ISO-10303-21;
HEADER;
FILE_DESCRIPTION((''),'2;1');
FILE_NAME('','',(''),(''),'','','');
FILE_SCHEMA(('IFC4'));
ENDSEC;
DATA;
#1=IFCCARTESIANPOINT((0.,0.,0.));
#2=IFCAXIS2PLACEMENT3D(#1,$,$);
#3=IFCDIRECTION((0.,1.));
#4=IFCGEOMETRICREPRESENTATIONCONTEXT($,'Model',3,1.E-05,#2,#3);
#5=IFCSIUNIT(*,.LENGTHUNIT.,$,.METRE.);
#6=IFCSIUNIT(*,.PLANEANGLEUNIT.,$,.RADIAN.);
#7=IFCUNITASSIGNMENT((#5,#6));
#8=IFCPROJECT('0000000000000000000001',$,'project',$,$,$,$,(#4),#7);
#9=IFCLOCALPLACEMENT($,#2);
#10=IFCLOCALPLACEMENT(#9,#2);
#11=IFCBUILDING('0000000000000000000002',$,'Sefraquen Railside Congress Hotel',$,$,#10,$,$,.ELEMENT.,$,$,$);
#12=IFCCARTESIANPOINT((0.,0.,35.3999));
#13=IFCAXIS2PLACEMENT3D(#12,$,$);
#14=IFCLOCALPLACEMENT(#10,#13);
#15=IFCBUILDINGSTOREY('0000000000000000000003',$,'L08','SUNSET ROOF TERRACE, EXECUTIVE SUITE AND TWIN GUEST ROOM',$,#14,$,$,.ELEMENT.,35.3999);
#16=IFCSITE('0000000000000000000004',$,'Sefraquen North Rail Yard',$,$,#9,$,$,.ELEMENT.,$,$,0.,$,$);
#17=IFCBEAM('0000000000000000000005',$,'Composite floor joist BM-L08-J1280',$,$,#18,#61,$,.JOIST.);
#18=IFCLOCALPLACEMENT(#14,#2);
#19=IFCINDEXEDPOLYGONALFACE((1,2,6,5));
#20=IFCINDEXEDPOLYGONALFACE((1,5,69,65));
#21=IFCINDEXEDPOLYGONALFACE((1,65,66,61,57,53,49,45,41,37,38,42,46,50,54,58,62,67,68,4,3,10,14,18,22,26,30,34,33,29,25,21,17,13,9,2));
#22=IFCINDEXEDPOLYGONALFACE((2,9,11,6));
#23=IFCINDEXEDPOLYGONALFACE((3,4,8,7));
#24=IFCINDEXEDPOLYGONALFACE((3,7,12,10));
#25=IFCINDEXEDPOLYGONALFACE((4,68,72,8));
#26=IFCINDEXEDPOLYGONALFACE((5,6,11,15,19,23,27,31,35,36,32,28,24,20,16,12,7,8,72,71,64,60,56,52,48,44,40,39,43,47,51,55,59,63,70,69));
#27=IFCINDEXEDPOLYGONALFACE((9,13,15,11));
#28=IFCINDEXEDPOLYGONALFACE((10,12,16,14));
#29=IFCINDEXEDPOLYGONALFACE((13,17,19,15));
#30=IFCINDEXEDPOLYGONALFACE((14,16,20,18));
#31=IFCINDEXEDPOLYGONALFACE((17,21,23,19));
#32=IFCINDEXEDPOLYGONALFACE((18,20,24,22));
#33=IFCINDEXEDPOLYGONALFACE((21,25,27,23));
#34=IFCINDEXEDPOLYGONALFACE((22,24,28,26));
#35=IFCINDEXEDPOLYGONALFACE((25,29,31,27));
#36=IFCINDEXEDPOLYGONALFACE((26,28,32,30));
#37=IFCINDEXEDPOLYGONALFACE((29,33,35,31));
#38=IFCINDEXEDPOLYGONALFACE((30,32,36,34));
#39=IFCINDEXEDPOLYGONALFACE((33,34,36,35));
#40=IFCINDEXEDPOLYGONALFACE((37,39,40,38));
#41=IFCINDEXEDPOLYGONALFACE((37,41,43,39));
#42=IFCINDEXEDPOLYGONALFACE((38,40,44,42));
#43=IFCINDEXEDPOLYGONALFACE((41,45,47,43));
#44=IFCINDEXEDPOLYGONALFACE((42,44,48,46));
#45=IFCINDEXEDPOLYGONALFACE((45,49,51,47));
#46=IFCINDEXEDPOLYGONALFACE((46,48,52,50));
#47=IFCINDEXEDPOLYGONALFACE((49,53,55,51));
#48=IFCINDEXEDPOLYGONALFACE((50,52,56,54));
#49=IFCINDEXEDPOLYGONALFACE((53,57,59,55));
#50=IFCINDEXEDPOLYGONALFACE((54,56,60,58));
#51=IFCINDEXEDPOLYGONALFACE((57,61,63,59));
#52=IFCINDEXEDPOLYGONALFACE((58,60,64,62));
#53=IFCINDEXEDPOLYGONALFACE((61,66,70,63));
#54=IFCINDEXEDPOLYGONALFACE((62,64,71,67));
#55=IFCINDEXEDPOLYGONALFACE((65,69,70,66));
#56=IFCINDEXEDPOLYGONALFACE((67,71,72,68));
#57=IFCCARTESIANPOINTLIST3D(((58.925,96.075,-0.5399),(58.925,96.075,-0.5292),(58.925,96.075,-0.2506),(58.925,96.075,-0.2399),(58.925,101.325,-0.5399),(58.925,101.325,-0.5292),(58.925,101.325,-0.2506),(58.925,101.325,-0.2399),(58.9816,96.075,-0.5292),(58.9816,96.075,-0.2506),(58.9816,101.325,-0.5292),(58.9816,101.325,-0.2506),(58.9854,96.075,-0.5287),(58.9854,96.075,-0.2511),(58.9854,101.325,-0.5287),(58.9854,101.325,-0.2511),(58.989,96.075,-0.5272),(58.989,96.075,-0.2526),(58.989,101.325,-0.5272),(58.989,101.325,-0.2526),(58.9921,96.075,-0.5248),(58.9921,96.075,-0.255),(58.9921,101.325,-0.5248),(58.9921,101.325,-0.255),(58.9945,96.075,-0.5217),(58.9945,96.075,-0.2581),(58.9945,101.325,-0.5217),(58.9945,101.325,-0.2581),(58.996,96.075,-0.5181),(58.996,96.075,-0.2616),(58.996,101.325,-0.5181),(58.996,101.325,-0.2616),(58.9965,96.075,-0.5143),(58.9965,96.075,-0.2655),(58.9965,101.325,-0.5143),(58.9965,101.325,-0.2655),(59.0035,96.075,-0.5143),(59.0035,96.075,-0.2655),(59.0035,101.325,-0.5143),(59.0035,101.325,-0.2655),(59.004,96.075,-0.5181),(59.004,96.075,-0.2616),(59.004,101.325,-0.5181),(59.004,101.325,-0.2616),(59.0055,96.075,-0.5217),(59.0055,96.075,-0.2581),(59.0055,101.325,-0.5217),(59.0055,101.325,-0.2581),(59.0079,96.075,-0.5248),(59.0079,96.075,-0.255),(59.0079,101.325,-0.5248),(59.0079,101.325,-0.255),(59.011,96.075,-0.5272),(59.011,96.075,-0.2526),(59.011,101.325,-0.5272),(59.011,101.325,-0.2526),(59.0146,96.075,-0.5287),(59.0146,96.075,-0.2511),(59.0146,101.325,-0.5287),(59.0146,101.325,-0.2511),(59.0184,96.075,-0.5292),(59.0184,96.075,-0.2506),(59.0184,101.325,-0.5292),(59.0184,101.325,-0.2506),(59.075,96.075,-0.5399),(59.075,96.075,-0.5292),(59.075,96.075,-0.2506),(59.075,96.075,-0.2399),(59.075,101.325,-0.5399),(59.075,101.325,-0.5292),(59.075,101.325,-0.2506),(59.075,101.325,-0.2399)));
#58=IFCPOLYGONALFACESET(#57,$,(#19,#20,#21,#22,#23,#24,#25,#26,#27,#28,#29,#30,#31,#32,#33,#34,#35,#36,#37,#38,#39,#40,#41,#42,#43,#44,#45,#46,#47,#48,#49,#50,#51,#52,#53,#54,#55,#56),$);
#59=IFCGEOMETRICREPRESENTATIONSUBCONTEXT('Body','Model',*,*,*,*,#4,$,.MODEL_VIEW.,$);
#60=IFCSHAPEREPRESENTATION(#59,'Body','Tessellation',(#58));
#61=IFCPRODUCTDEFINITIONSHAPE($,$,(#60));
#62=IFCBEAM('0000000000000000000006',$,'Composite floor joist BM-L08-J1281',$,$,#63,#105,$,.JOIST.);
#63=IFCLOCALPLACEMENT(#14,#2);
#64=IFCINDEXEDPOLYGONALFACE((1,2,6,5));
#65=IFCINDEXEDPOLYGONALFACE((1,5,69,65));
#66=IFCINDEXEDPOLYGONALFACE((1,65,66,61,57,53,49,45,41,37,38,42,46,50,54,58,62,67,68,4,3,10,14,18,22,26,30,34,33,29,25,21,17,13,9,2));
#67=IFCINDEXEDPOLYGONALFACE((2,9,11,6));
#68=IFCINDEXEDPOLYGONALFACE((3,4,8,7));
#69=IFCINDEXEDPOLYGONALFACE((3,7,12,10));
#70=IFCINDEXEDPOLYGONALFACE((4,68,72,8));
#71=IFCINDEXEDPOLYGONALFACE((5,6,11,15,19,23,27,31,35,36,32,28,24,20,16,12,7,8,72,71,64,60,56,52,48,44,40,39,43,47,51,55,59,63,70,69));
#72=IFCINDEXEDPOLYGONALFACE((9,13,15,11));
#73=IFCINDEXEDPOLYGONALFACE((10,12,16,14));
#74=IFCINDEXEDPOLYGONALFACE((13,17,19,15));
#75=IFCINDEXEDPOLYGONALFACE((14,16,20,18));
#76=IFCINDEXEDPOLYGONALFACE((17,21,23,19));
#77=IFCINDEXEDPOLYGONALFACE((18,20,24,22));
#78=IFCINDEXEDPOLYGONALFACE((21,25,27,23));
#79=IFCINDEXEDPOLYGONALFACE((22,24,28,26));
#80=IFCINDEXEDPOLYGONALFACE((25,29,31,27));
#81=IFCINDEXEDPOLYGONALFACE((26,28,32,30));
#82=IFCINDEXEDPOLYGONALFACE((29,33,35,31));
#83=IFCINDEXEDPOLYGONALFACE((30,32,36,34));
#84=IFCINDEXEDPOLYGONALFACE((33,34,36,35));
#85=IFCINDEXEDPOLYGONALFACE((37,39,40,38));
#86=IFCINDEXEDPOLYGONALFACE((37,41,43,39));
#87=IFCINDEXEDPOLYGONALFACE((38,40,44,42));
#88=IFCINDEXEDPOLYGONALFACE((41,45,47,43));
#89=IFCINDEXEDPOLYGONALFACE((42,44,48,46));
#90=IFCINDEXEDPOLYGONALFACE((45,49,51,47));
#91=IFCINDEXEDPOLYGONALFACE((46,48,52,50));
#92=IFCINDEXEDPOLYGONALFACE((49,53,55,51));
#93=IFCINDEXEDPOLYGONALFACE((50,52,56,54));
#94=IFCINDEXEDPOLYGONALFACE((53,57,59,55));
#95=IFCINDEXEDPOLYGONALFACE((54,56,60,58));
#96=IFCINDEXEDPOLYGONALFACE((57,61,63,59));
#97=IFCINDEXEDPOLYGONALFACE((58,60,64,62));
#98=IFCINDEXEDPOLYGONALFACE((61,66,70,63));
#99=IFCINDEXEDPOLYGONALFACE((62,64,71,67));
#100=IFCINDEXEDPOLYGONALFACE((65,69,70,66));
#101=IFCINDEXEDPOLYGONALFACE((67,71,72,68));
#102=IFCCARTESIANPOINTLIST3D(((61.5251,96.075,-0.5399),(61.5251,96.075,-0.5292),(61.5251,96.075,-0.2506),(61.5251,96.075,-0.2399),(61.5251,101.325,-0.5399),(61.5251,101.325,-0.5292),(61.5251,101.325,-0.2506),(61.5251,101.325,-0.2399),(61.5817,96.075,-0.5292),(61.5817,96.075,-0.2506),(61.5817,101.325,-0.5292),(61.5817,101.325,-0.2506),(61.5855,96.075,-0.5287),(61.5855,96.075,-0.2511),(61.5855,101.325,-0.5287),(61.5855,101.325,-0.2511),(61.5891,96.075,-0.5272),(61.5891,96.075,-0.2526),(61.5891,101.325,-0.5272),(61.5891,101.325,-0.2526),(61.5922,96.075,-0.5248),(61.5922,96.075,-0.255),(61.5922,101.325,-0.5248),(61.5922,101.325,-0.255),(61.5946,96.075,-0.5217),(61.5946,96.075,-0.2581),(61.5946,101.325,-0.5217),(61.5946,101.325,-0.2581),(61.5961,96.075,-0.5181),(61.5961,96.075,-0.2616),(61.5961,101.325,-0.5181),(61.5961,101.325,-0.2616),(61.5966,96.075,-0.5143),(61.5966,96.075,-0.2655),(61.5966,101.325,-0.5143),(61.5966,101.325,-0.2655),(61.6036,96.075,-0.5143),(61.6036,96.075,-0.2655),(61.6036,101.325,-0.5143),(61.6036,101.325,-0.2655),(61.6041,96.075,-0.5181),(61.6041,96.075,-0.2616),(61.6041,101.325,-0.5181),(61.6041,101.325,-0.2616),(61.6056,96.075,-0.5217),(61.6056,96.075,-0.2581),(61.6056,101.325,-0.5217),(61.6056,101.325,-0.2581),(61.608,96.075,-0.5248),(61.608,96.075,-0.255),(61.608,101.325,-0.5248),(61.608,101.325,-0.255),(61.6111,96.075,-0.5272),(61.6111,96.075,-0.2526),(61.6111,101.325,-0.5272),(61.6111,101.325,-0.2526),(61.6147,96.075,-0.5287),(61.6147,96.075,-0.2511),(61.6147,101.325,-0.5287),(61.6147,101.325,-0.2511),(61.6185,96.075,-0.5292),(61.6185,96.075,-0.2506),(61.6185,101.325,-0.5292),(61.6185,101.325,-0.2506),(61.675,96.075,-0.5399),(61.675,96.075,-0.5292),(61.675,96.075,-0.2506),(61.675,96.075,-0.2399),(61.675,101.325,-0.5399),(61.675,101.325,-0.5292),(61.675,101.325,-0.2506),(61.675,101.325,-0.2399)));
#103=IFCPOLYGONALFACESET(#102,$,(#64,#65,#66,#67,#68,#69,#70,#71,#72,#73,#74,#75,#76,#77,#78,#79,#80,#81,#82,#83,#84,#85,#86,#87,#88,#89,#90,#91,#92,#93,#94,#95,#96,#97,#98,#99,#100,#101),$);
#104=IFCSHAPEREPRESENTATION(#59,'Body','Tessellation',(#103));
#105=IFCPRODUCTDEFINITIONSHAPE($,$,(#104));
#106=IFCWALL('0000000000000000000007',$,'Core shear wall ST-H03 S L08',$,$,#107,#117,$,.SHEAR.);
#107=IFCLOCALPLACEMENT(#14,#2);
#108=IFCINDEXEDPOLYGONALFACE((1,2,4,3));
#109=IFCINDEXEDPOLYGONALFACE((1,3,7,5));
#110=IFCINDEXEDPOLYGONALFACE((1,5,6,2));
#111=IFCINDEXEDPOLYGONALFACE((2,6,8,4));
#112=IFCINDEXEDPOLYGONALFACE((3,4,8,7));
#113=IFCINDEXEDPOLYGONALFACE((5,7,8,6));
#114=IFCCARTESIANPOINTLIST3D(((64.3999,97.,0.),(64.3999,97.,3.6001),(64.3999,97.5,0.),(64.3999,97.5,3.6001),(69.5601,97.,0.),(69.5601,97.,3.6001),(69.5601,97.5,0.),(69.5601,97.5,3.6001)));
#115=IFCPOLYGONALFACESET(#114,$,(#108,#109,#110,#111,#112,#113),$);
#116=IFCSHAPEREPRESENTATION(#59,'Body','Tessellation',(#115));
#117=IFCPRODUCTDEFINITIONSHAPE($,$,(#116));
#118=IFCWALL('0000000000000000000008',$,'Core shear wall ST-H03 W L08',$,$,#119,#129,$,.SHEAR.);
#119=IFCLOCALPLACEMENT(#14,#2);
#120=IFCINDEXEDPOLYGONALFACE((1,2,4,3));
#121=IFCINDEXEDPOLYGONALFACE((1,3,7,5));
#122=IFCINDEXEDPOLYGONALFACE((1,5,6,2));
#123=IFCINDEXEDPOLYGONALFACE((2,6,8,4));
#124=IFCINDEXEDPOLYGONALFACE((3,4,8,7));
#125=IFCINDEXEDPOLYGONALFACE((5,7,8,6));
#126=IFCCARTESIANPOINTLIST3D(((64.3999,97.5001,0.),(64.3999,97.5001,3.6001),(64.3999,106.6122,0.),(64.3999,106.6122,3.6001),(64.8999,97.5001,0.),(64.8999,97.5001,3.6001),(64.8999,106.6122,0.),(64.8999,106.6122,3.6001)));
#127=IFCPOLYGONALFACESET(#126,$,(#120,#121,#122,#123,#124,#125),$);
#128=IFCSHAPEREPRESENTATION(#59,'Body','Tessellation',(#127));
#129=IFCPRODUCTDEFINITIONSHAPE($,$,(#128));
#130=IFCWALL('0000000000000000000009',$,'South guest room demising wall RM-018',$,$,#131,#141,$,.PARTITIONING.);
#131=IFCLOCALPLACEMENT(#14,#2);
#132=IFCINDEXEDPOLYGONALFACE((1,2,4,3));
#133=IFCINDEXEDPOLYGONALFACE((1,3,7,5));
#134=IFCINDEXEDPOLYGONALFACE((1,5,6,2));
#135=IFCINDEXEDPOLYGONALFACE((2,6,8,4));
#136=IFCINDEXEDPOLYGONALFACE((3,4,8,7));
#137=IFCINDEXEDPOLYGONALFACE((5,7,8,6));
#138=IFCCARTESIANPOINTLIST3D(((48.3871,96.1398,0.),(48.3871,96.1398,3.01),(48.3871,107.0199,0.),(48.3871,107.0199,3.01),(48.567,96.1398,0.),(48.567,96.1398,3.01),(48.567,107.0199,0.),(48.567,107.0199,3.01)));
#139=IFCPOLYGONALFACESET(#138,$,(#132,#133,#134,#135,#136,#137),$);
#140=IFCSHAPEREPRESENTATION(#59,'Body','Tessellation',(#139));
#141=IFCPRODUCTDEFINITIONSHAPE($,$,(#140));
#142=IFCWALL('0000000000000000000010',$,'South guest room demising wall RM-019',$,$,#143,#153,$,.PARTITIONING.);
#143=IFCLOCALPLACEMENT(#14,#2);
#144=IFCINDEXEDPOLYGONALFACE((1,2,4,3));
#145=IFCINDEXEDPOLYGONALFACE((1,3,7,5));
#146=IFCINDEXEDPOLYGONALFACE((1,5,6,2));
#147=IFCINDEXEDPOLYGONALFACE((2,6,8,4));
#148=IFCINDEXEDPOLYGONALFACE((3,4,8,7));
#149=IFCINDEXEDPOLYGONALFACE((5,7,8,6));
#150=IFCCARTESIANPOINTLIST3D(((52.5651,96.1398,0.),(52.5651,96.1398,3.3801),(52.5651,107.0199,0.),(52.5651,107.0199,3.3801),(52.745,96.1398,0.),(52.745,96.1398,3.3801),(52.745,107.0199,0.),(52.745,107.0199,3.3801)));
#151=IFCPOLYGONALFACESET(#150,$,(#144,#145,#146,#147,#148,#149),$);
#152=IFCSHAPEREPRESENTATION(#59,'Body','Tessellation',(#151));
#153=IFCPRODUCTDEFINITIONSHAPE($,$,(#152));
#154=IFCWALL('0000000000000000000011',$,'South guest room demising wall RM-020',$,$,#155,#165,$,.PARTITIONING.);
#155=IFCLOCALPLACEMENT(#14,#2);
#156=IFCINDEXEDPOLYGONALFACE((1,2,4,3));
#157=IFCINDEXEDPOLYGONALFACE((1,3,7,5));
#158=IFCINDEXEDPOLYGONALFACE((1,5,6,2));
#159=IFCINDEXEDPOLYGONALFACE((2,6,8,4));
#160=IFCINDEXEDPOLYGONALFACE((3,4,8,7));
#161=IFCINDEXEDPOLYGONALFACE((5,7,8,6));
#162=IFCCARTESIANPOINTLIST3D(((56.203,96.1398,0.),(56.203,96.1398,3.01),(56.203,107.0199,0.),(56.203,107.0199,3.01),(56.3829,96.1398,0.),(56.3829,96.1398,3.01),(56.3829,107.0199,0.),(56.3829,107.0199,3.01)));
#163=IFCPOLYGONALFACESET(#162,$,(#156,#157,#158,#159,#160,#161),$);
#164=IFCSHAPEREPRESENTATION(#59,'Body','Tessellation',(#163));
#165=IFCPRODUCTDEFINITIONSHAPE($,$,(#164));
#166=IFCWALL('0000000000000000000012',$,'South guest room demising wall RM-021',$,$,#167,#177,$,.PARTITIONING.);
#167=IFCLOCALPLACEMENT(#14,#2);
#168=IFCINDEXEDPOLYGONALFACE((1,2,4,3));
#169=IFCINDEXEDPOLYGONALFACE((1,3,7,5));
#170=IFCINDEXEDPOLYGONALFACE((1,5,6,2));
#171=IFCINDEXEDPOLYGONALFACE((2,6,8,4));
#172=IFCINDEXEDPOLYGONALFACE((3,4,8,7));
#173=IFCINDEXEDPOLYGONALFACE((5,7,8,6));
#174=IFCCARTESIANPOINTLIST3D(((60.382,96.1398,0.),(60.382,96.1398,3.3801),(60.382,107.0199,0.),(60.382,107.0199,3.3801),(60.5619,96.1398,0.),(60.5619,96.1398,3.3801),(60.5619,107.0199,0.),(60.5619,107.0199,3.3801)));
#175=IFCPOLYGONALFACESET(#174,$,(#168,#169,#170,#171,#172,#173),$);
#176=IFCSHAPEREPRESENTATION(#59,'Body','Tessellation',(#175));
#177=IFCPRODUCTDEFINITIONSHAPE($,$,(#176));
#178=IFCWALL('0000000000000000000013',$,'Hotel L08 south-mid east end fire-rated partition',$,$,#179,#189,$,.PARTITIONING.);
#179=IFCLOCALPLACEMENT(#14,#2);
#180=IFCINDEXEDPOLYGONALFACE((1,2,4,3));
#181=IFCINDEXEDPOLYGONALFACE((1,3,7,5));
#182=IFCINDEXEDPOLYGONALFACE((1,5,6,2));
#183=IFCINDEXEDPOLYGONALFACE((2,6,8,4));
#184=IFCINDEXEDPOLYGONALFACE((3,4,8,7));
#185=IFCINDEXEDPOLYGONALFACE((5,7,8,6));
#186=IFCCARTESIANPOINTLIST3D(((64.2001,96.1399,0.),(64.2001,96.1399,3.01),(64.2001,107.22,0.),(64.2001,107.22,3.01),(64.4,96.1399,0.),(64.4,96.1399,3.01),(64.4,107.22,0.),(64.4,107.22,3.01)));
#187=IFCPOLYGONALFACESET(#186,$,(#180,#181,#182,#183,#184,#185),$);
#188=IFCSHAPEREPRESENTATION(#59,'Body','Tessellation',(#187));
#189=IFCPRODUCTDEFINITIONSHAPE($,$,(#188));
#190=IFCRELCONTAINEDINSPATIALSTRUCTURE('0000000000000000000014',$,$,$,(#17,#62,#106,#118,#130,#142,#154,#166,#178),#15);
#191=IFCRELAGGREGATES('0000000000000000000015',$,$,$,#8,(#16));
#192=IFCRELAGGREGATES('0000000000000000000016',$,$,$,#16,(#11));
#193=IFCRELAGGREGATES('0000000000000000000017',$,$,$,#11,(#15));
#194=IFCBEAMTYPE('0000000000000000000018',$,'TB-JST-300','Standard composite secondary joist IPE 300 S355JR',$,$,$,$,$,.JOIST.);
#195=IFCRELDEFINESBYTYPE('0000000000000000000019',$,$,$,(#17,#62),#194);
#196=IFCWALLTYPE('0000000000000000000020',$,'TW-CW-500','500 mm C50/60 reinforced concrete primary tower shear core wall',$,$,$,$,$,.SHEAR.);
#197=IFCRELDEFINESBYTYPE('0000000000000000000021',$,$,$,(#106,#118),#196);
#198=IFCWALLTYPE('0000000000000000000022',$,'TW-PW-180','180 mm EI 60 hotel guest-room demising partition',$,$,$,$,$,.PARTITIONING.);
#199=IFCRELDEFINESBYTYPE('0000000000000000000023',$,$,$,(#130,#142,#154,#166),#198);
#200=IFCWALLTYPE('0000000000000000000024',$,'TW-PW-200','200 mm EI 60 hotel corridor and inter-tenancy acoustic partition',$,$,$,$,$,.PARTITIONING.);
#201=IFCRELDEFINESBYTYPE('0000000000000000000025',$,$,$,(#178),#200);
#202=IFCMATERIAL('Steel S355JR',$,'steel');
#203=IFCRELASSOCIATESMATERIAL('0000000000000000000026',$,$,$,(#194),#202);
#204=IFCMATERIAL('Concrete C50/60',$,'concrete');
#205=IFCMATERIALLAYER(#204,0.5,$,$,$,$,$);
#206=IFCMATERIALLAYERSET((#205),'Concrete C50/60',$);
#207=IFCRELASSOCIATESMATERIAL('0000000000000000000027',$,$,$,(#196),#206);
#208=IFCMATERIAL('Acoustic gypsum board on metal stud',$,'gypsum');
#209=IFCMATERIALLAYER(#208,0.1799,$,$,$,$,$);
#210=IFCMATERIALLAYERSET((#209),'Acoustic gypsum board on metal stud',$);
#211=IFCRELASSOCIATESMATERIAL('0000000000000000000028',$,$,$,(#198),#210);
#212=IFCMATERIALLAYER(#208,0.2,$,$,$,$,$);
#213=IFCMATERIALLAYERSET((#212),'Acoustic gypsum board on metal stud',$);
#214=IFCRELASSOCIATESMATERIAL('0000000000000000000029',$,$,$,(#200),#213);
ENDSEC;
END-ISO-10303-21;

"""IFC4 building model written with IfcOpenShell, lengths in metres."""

from ifc_helpers import new_model, si_unit, direction, frame, frame_2d, origin, origin_2d, place, context, subcontext, project, spatial, rectangle, i_section, extrude, material, layer, layer_set, material_profile, profile_set, type_object, element, save


model = new_model("IFC4")

# Units and contexts
model_context = context("Model", 3, precision=1e-05, world=origin(), true_north=direction((0.0, 1.0)))
body_context = subcontext(model_context, "Body", "Model", "MODEL_VIEW")
ifc_project = project(units=[si_unit("LENGTHUNIT", "METRE"), si_unit("PLANEANGLEUNIT", "RADIAN")], contexts=[model_context])

# Site, building, storey
site_placement = place(None, origin())
site = spatial("IfcSite", under=ifc_project, at=site_placement, Name="Sefraquen North Rail Yard", CompositionType="ELEMENT", RefElevation=0.0)
building_placement = place(site_placement, origin())
building = spatial("IfcBuilding", under=site, at=building_placement, Name="Sefraquen Railside Congress Hotel", CompositionType="ELEMENT")
storey_placement = place(building_placement, frame((0.0, 0.0, 35.3999)))
storey = spatial("IfcBuildingStorey", under=building, at=storey_placement, Name="L08", Description="SUNSET ROOF TERRACE, EXECUTIVE SUITE AND TWIN GUEST ROOM", CompositionType="ELEMENT", Elevation=35.3999)

# Shared definitions
ifc_material_1 = material(Name="Steel S355JR", Category="steel")

# Beams
ifc_material_profile_1 = material_profile(ifc_material_1, i_section(OverallWidth=0.1499, OverallDepth=0.3, WebThickness=0.0071, FlangeThickness=0.0107, FilletRadius=0.0149, at=origin_2d()), Name="IPE 300")
ifc_profile_set_1 = profile_set([ifc_material_profile_1], Name="Steel S355JR")
beam_type_1 = type_object("IfcBeamType", Name="TB-JST-300", Description="Standard composite secondary joist IPE 300 S355JR", PredefinedType="JOIST", material=ifc_profile_set_1)
for number, where, z_axis, x_axis, name in (
    (1, (59.0, 96.075, -0.3899), (0.0, 1.0, 0.0), (-1.0, 0.0, 0.0), "Composite floor joist BM-L08-J1280"),
    (2, (61.6001, 96.075, -0.3899), (0.0, 1.0, 0.0), (-1.0, 0.0, 0.0), "Composite floor joist BM-L08-J1281"),
):
    element("IfcBeam", number, at=place(storey_placement, frame(where, z_axis=z_axis, x_axis=x_axis)), inside=storey, type_object=beam_type_1, Name=name, PredefinedType="JOIST", context=body_context, shape_type="SweptSolid", body=[
        extrude(i_section(OverallWidth=0.1499, OverallDepth=0.3, WebThickness=0.0071, FlangeThickness=0.0107, FilletRadius=0.0149, at=origin_2d()), origin(), (0.0, 0.0, 1.0), 5.25),
    ])

# Walls
ifc_material_2 = material(Name="Concrete C50/60", Category="concrete")
ifc_layer_1 = layer(ifc_material_2, 0.5)
ifc_layer_set_1 = layer_set([ifc_layer_1], Name="Concrete C50/60")
wall_type_1 = type_object("IfcWallType", Name="TW-CW-500", Description="500 mm C50/60 reinforced concrete primary tower shear core wall", PredefinedType="SHEAR", material=ifc_layer_set_1)
wall_1_placement = place(storey_placement, frame((64.3999, 97.25, 0.0), z_axis=(0.0, 0.0, 1.0), x_axis=(1.0, 0.0, 0.0)))
element("IfcWall", 3, at=wall_1_placement, inside=storey, type_object=wall_type_1, Name="Core shear wall ST-H03 S L08", PredefinedType="SHEAR", context=body_context, shape_type="SweptSolid", body=[
    extrude(rectangle(XDim=5.1602, YDim=0.5, at=frame_2d((2.5801, 0.0))), origin(), (0.0, 0.0, 1.0), 3.6001),
])
wall_2_placement = place(storey_placement, frame((64.6499, 97.5, 0.0), z_axis=(0.0, 0.0, 1.0), x_axis=(0.0, 1.0, 0.0)))
element("IfcWall", 4, at=wall_2_placement, inside=storey, type_object=wall_type_1, Name="Core shear wall ST-H03 W L08", PredefinedType="SHEAR", context=body_context, shape_type="SweptSolid", body=[
    extrude(rectangle(XDim=9.1121, YDim=0.5, at=frame_2d((4.5562, 0.0))), origin(), (0.0, 0.0, 1.0), 3.6001),
])
ifc_material_3 = material(Name="Acoustic gypsum board on metal stud", Category="gypsum")
ifc_layer_2 = layer(ifc_material_3, 0.1799)
ifc_layer_set_2 = layer_set([ifc_layer_2], Name="Acoustic gypsum board on metal stud")
wall_type_2 = type_object("IfcWallType", Name="TW-PW-180", Description="180 mm EI 60 hotel guest-room demising partition", PredefinedType="PARTITIONING", material=ifc_layer_set_2)
wall_3_placement = place(storey_placement, frame((48.4771, 96.1399, 0.0), z_axis=(0.0, 0.0, 1.0), x_axis=(0.0, 1.0, 0.0)))
element("IfcWall", 5, at=wall_3_placement, inside=storey, type_object=wall_type_2, Name="South guest room demising wall RM-018", PredefinedType="PARTITIONING", context=body_context, shape_type="SweptSolid", body=[
    extrude(rectangle(XDim=10.8801, YDim=0.1799, at=frame_2d((5.4399, 0.0))), origin(), (0.0, 0.0, 1.0), 3.01),
])
wall_4_placement = place(storey_placement, frame((52.655, 96.1399, 0.0), z_axis=(0.0, 0.0, 1.0), x_axis=(0.0, 1.0, 0.0)))
element("IfcWall", 6, at=wall_4_placement, inside=storey, type_object=wall_type_2, Name="South guest room demising wall RM-019", PredefinedType="PARTITIONING", context=body_context, shape_type="SweptSolid", body=[
    extrude(rectangle(XDim=10.8801, YDim=0.1799, at=frame_2d((5.4399, 0.0))), origin(), (0.0, 0.0, 1.0), 3.3801),
])
wall_5_placement = place(storey_placement, frame((56.293, 96.1399, 0.0), z_axis=(0.0, 0.0, 1.0), x_axis=(0.0, 1.0, 0.0)))
element("IfcWall", 7, at=wall_5_placement, inside=storey, type_object=wall_type_2, Name="South guest room demising wall RM-020", PredefinedType="PARTITIONING", context=body_context, shape_type="SweptSolid", body=[
    extrude(rectangle(XDim=10.8801, YDim=0.1799, at=frame_2d((5.4399, 0.0))), origin(), (0.0, 0.0, 1.0), 3.01),
])
wall_6_placement = place(storey_placement, frame((60.4719, 96.1399, 0.0), z_axis=(0.0, 0.0, 1.0), x_axis=(0.0, 1.0, 0.0)))
element("IfcWall", 8, at=wall_6_placement, inside=storey, type_object=wall_type_2, Name="South guest room demising wall RM-021", PredefinedType="PARTITIONING", context=body_context, shape_type="SweptSolid", body=[
    extrude(rectangle(XDim=10.8801, YDim=0.1799, at=frame_2d((5.4399, 0.0))), origin(), (0.0, 0.0, 1.0), 3.3801),
])
ifc_layer_3 = layer(ifc_material_3, 0.2)
ifc_layer_set_3 = layer_set([ifc_layer_3], Name="Acoustic gypsum board on metal stud")
wall_type_3 = type_object("IfcWallType", Name="TW-PW-200", Description="200 mm EI 60 hotel corridor and inter-tenancy acoustic partition", PredefinedType="PARTITIONING", material=ifc_layer_set_3)
wall_7_placement = place(storey_placement, frame((64.3, 96.1399, 0.0), z_axis=(0.0, 0.0, 1.0), x_axis=(0.0, 1.0, 0.0)))
element("IfcWall", 9, at=wall_7_placement, inside=storey, type_object=wall_type_3, Name="Hotel L08 south-mid east end fire-rated partition", PredefinedType="PARTITIONING", context=body_context, shape_type="SweptSolid", body=[
    extrude(rectangle(XDim=11.0801, YDim=0.2, at=frame_2d((5.54, 0.0))), origin(), (0.0, 0.0, 1.0), 3.01),
])

save(model, "model.ifc")
